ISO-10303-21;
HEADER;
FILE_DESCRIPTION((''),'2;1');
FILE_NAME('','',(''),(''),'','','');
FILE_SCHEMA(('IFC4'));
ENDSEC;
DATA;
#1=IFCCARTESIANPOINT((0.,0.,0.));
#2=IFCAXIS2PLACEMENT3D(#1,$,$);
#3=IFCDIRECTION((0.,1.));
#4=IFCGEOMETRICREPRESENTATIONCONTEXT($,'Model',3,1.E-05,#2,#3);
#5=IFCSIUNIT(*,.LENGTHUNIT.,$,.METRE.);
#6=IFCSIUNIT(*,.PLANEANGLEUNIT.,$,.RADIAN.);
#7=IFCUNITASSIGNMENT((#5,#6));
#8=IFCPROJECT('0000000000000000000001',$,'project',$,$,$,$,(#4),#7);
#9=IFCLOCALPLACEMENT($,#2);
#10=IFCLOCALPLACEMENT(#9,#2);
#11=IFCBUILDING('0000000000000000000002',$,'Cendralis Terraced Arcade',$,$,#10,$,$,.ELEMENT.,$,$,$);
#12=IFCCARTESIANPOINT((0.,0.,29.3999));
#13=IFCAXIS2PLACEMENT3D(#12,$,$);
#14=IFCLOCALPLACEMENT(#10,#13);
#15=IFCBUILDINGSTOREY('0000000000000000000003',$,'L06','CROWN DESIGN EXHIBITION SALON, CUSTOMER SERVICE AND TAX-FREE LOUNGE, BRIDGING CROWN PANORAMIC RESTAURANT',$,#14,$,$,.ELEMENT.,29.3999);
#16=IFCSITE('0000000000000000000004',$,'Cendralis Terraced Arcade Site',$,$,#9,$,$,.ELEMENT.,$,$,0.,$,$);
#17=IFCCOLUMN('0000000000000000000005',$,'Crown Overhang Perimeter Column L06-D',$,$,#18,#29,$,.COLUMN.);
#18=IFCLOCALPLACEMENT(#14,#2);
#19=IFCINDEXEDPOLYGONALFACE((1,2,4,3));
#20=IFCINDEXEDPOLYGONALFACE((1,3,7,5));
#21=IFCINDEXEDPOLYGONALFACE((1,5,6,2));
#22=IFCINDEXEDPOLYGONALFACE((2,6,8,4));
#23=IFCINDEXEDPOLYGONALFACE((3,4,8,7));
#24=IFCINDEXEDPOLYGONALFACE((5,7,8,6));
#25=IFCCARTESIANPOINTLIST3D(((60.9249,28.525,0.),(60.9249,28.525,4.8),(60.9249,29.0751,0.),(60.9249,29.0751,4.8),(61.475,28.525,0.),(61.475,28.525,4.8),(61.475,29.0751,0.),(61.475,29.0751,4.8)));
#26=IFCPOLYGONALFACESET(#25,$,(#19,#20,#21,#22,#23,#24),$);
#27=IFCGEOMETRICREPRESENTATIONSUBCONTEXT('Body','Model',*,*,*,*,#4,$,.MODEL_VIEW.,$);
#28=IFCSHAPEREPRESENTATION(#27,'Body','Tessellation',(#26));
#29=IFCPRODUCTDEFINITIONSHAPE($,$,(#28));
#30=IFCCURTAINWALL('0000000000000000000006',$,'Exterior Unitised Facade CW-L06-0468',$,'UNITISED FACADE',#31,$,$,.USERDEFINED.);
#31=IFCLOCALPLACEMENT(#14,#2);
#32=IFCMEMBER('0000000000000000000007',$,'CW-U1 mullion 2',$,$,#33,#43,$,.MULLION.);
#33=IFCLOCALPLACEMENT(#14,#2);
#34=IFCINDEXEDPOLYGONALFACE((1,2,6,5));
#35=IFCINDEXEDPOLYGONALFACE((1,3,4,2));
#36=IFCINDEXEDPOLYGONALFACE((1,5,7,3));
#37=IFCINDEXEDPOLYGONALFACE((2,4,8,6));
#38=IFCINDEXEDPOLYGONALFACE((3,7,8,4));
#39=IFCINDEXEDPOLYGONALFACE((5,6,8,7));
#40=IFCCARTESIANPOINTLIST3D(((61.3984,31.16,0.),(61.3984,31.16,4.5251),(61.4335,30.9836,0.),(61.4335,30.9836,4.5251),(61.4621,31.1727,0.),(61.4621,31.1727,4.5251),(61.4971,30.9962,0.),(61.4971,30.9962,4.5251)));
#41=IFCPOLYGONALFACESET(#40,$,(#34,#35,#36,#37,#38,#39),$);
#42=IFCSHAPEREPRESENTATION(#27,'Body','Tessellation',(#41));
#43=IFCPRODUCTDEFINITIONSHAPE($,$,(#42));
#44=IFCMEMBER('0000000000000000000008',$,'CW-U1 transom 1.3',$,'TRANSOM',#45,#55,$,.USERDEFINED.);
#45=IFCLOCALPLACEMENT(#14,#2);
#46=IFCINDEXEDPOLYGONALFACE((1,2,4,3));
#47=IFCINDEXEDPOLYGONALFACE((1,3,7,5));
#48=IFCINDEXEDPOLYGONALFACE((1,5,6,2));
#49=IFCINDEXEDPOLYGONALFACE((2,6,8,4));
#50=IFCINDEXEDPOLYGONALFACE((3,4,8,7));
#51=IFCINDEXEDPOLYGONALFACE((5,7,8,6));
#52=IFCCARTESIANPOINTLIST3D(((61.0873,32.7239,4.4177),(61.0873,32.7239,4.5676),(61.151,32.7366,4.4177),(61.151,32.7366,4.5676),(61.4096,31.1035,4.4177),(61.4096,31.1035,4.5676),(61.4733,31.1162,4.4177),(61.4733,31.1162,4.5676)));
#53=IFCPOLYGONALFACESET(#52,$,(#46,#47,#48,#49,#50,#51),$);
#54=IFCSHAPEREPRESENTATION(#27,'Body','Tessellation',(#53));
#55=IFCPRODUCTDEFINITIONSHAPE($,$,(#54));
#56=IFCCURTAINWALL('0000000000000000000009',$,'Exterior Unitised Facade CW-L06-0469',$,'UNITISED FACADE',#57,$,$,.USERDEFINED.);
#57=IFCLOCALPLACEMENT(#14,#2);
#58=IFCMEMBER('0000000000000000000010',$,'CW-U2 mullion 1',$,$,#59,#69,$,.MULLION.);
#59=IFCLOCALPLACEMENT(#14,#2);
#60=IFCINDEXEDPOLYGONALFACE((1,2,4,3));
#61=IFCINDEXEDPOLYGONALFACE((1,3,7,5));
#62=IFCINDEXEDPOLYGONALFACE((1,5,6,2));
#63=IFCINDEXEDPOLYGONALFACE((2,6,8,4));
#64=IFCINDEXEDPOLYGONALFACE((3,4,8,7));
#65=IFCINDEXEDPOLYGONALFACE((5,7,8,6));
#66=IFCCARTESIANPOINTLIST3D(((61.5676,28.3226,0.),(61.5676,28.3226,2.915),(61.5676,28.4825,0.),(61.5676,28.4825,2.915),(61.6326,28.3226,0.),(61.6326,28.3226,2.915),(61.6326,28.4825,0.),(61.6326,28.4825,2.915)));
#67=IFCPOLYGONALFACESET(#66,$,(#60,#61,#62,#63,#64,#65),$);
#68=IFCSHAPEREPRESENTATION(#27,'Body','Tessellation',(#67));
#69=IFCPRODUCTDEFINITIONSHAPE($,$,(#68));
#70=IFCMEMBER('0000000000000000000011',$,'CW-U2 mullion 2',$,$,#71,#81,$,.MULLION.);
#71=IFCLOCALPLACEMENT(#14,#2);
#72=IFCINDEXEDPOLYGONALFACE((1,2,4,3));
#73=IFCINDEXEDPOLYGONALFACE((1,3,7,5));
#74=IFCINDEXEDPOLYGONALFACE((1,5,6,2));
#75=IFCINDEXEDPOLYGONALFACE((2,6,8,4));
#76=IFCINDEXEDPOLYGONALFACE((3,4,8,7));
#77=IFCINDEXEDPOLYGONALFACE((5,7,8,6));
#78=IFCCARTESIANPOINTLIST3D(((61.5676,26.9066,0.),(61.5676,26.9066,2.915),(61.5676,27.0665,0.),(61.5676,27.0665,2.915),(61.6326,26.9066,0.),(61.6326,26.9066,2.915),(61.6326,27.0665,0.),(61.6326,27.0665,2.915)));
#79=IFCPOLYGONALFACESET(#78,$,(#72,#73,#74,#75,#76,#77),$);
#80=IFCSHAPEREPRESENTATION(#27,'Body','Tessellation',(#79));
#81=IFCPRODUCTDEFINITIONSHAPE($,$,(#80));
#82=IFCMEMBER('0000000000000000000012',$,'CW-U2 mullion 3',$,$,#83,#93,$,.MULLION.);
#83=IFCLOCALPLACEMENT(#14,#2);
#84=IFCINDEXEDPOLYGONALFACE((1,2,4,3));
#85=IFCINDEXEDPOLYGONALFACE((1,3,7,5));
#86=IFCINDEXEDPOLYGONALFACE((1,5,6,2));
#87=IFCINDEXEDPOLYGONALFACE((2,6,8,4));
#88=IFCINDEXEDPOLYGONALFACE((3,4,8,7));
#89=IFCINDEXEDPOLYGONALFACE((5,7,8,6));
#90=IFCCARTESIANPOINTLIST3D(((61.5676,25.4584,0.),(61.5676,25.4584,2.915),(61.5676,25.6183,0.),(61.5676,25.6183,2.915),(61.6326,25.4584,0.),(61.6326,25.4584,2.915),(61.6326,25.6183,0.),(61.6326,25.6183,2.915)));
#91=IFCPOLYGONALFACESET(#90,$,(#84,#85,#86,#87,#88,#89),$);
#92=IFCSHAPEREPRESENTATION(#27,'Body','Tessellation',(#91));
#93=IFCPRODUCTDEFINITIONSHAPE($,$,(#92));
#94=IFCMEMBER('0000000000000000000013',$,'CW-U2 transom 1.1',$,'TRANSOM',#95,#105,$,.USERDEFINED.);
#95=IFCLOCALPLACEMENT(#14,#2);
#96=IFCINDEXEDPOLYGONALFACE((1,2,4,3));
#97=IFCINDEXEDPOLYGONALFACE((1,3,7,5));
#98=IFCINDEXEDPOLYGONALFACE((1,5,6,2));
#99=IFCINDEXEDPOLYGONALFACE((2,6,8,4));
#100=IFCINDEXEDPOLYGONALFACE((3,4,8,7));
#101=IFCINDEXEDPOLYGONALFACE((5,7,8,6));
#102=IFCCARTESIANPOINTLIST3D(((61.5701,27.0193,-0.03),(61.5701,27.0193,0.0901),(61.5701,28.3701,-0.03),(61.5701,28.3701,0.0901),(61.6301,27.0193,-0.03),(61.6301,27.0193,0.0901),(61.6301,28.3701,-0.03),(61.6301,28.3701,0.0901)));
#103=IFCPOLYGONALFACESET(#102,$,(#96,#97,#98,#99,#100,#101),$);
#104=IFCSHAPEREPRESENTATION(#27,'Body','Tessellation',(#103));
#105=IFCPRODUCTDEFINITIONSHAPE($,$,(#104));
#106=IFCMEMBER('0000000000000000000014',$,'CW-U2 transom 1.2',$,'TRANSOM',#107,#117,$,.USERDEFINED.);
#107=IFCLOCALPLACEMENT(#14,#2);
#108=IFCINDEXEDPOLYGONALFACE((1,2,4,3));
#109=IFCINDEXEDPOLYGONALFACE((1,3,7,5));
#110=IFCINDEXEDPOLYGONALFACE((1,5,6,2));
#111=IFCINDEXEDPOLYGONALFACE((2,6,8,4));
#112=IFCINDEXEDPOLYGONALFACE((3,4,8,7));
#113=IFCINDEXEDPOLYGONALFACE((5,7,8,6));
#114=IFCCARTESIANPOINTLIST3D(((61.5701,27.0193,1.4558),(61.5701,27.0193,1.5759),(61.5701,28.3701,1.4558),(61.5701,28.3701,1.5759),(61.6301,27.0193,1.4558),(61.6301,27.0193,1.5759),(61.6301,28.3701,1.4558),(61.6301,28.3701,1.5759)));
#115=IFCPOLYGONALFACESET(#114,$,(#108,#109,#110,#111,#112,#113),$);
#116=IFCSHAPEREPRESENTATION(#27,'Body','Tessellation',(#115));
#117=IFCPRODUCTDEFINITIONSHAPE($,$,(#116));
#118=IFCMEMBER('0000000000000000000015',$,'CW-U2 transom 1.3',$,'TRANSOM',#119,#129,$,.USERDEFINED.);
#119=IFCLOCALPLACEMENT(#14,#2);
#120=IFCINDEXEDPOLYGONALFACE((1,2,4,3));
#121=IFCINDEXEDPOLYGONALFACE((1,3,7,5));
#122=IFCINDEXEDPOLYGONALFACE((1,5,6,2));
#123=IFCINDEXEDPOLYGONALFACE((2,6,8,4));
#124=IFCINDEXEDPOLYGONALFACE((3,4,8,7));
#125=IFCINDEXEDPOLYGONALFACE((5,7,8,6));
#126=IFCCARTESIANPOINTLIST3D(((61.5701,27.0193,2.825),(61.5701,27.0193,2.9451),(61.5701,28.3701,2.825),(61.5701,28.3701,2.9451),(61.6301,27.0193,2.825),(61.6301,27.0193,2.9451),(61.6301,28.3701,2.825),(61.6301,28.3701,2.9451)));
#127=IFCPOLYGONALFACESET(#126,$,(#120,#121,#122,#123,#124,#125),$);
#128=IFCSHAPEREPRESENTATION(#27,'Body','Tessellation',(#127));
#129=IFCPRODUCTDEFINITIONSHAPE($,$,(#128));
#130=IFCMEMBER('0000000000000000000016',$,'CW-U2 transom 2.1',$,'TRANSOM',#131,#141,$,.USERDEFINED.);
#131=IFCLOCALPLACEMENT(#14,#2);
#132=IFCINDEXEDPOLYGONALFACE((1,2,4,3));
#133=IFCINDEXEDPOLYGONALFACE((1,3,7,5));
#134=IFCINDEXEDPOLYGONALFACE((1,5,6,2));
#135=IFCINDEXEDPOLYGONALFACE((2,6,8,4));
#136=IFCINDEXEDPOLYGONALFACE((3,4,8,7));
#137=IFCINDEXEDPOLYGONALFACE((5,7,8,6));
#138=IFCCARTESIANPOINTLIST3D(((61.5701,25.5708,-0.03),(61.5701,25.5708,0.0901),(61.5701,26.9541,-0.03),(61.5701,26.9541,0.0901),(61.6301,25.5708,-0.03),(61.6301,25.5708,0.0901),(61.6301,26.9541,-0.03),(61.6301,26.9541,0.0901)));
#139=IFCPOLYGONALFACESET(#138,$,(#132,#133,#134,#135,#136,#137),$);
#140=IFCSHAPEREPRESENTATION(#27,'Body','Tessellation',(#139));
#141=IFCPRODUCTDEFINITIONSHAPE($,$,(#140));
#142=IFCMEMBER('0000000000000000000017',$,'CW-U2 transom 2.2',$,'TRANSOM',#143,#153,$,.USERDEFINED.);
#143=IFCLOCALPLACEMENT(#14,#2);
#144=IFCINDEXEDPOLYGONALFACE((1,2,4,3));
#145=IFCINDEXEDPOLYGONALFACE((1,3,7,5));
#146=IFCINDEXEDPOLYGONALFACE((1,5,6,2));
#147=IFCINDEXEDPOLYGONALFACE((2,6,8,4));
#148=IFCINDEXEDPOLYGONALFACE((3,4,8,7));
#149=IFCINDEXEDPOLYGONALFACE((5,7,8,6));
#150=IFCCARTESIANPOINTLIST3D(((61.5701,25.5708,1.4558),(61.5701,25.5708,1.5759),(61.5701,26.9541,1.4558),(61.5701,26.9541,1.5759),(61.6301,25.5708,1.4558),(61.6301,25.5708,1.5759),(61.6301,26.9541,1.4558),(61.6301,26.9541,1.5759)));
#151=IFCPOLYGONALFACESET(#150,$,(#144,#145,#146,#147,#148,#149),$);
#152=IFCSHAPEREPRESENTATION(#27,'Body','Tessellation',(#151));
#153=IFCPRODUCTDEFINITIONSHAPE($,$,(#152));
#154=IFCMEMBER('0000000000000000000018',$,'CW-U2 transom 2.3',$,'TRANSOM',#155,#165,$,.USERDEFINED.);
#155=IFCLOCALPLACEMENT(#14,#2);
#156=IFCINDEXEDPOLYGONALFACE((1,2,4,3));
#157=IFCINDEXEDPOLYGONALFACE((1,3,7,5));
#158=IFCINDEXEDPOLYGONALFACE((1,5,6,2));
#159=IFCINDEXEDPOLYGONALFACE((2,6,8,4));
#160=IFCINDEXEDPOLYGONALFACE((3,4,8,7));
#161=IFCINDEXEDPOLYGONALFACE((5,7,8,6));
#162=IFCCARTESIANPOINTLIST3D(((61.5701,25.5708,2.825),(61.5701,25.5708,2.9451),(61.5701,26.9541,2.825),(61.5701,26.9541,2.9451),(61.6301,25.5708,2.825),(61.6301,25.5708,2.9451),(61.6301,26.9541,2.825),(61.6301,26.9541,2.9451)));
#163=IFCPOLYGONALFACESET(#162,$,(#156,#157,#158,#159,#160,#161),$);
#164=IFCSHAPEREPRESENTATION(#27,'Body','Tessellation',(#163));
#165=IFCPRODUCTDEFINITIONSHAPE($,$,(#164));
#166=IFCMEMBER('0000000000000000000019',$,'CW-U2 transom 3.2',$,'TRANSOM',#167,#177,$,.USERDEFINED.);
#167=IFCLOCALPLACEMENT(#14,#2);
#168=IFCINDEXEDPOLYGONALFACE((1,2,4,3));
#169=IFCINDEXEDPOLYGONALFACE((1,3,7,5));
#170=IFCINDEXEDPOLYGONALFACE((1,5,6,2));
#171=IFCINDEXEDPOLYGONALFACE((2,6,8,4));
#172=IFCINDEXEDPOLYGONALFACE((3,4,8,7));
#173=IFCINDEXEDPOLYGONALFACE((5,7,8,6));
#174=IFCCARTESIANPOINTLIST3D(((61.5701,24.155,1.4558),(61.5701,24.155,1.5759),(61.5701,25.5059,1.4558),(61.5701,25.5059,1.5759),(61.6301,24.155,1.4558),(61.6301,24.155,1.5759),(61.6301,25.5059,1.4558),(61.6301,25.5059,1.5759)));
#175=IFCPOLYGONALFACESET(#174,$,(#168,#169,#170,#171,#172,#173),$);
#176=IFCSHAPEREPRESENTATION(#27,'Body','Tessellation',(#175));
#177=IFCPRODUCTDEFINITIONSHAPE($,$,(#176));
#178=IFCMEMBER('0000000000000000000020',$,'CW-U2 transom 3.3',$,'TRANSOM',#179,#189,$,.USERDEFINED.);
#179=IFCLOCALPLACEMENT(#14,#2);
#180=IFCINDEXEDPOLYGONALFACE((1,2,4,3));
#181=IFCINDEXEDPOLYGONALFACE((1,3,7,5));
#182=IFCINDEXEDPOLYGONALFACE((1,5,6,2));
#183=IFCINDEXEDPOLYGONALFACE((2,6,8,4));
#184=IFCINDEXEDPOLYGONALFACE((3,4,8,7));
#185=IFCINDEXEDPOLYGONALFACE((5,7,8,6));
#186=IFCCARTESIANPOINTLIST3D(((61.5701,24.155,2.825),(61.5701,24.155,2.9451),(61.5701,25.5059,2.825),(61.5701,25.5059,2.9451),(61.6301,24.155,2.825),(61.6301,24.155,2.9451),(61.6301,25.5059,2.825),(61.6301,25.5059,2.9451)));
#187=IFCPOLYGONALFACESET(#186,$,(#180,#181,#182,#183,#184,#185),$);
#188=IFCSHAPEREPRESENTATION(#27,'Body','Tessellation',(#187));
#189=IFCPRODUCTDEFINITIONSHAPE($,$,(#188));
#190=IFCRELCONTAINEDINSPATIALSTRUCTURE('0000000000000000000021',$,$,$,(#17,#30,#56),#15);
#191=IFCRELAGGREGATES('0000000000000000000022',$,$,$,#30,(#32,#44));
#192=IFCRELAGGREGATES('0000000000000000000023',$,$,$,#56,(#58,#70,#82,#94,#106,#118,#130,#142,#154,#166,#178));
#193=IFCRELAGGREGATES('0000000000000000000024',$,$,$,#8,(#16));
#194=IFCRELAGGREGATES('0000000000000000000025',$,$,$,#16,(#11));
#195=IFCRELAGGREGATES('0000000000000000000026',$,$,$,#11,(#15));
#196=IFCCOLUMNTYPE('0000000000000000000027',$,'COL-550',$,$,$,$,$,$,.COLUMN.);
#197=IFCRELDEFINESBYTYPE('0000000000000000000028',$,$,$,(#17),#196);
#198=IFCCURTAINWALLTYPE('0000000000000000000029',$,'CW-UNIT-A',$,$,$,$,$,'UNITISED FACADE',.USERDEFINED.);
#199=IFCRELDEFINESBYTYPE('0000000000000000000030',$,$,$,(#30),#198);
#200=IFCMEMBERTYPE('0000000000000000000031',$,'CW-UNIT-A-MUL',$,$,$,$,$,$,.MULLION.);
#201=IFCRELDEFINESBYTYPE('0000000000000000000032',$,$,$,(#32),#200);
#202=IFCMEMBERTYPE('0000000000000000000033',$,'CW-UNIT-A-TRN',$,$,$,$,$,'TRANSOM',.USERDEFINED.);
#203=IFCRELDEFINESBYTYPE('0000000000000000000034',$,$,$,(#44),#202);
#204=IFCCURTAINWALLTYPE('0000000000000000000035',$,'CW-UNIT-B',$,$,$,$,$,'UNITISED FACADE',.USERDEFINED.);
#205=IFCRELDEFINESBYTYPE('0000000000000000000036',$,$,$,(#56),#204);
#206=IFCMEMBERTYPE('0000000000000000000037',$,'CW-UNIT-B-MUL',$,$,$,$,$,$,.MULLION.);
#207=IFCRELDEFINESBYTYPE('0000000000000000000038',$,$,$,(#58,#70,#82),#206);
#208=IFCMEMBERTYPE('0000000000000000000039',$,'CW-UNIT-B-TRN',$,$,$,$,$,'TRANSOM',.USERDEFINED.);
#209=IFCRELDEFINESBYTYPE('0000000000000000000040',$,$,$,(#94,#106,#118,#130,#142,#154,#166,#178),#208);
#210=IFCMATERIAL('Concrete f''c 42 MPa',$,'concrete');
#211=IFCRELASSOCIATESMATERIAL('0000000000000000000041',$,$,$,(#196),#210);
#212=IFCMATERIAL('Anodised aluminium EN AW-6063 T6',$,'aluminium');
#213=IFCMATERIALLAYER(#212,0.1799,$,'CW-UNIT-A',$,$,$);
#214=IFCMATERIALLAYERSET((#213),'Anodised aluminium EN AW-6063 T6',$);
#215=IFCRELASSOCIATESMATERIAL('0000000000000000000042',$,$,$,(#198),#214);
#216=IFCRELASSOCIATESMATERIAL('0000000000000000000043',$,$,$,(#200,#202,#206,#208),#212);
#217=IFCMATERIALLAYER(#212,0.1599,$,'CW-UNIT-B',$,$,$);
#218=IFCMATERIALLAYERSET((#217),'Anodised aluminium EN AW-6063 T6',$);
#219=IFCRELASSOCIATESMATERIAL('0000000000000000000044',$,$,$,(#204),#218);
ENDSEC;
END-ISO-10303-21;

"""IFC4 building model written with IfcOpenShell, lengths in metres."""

from ifc_helpers import new_model, si_unit, direction, frame, origin, origin_2d, place, context, subcontext, project, spatial, rectangle, extrude, material, layer, layer_set, material_profile, profile_set, type_object, element, aggregate, save


model = new_model("IFC4")

# Units and contexts
model_context = context("Model", 3, precision=1e-05, world=origin(), true_north=direction((0.0, 1.0)))
body_context = subcontext(model_context, "Body", "Model", "MODEL_VIEW")
ifc_project = project(units=[si_unit("LENGTHUNIT", "METRE"), si_unit("PLANEANGLEUNIT", "RADIAN")], contexts=[model_context])

# Site, building, storey
site_placement = place(None, origin())
site = spatial("IfcSite", under=ifc_project, at=site_placement, Name="Cendralis Terraced Arcade Site", CompositionType="ELEMENT", RefElevation=0.0)
building_placement = place(site_placement, origin())
building = spatial("IfcBuilding", under=site, at=building_placement, Name="Cendralis Terraced Arcade", CompositionType="ELEMENT")
storey_placement = place(building_placement, frame((0.0, 0.0, 29.3999)))
storey = spatial("IfcBuildingStorey", under=building, at=storey_placement, Name="L06", Description="CROWN DESIGN EXHIBITION SALON, CUSTOMER SERVICE AND TAX-FREE LOUNGE, BRIDGING CROWN PANORAMIC RESTAURANT", CompositionType="ELEMENT", Elevation=29.3999)

# Column
ifc_material_1 = material(Name="Concrete f'c 42 MPa", Category="concrete")
ifc_material_profile_1 = material_profile(ifc_material_1, rectangle(XDim=0.55, YDim=0.55, at=origin_2d()), Name="RC-COL-550x550", Category="LoadBearing")
ifc_profile_set_1 = profile_set([ifc_material_profile_1], Name="Concrete f'c 42 MPa")
column_type = type_object("IfcColumnType", Name="COL-550", PredefinedType="COLUMN", material=ifc_profile_set_1)
column_placement = place(storey_placement, frame((61.2, 28.8, 0.0), z_axis=(0.0, 0.0, 1.0), x_axis=(1.0, 0.0, 0.0)))
element("IfcColumn", 1, at=column_placement, inside=storey, type_object=column_type, Name="Crown Overhang Perimeter Column L06-D", PredefinedType="COLUMN", context=body_context, shape_type="SweptSolid", body=[
    extrude(rectangle(XDim=0.55, YDim=0.55, at=origin_2d()), origin(), (0.0, 0.0, 1.0), 4.8),
])

# Curtain walls, members
ifc_material_2 = material(Name="Anodised aluminium EN AW-6063 T6", Category="aluminium")
ifc_layer_1 = layer(ifc_material_2, 0.1799, Name="CW-UNIT-A")
ifc_layer_set_1 = layer_set([ifc_layer_1], Name="Anodised aluminium EN AW-6063 T6")
curtain_wall_type_1 = type_object("IfcCurtainWallType", Name="CW-UNIT-A", ElementType="UNITISED FACADE", PredefinedType="USERDEFINED", material=ifc_layer_set_1)
curtain_wall_1_placement = place(storey_placement, origin())
curtain_wall_1 = element("IfcCurtainWall", 2, at=curtain_wall_1_placement, inside=storey, type_object=curtain_wall_type_1, Name="Exterior Unitised Facade CW-L06-0468", ObjectType="UNITISED FACADE", PredefinedType="USERDEFINED")
ifc_material_profile_2 = material_profile(ifc_material_2, rectangle(XDim=0.0649, YDim=0.1799, at=origin_2d()), Name="ALU-MUL-65x180")
ifc_profile_set_2 = profile_set([ifc_material_profile_2], Name="Anodised aluminium EN AW-6063 T6")
member_type_1 = type_object("IfcMemberType", Name="CW-UNIT-A-MUL", PredefinedType="MULLION", material=ifc_profile_set_2)
member_1_placement = place(storey_placement, frame((61.4478, 31.0781, 0.0), z_axis=(0.0, 0.0, 1.0), x_axis=(0.980792, 0.195058, 0.0)))
member_1 = element("IfcMember", 3, at=member_1_placement, type_object=member_type_1, Name="CW-U1 mullion 2", PredefinedType="MULLION", context=body_context, shape_type="SweptSolid", body=[
    extrude(rectangle(XDim=0.0649, YDim=0.1799, at=origin_2d()), origin(), (0.0, 0.0, 1.0), 4.5251),
])
ifc_material_profile_3 = material_profile(ifc_material_2, rectangle(XDim=0.0649, YDim=0.1499, at=origin_2d()), Name="ALU-TRN-65x150")
ifc_profile_set_3 = profile_set([ifc_material_profile_3], Name="Anodised aluminium EN AW-6063 T6")
member_type_2 = type_object("IfcMemberType", Name="CW-UNIT-A-TRN", ElementType="TRANSOM", PredefinedType="USERDEFINED", material=ifc_profile_set_3)
member_2_placement = place(storey_placement, frame((61.1191, 32.7302, 4.4927), z_axis=(0.195065, -0.98079, 0.0), x_axis=(0.98079, 0.195065, 0.0)))
member_2 = element("IfcMember", 4, at=member_2_placement, type_object=member_type_2, Name="CW-U1 transom 1.3", ObjectType="TRANSOM", PredefinedType="USERDEFINED", context=body_context, shape_type="SweptSolid", body=[
    extrude(rectangle(XDim=0.0649, YDim=0.1499, at=origin_2d()), origin(), (0.0, 0.0, 1.0), 1.6521),
])
ifc_layer_2 = layer(ifc_material_2, 0.1599, Name="CW-UNIT-B")
ifc_layer_set_2 = layer_set([ifc_layer_2], Name="Anodised aluminium EN AW-6063 T6")
curtain_wall_type_2 = type_object("IfcCurtainWallType", Name="CW-UNIT-B", ElementType="UNITISED FACADE", PredefinedType="USERDEFINED", material=ifc_layer_set_2)
curtain_wall_2_placement = place(storey_placement, origin())
curtain_wall_2 = element("IfcCurtainWall", 5, at=curtain_wall_2_placement, inside=storey, type_object=curtain_wall_type_2, Name="Exterior Unitised Facade CW-L06-0469", ObjectType="UNITISED FACADE", PredefinedType="USERDEFINED")
ifc_material_profile_4 = material_profile(ifc_material_2, rectangle(XDim=0.0649, YDim=0.1599, at=origin_2d()), Name="ALU-MUL-65x160")
ifc_profile_set_4 = profile_set([ifc_material_profile_4], Name="Anodised aluminium EN AW-6063 T6")
member_type_3 = type_object("IfcMemberType", Name="CW-UNIT-B-MUL", PredefinedType="MULLION", material=ifc_profile_set_4)
member_3_placement = place(storey_placement, frame((61.6001, 28.4026, 0.0), z_axis=(0.0, 0.0, 1.0), x_axis=(1.0, 0.0, 0.0)))
member_3 = element("IfcMember", 6, at=member_3_placement, type_object=member_type_3, Name="CW-U2 mullion 1", PredefinedType="MULLION", context=body_context, shape_type="SweptSolid", body=[
    extrude(rectangle(XDim=0.0649, YDim=0.1599, at=origin_2d()), origin(), (0.0, 0.0, 1.0), 2.915),
])
member_4_placement = place(storey_placement, frame((61.6001, 26.9866, 0.0), z_axis=(0.0, 0.0, 1.0), x_axis=(1.0, 0.0, 0.0)))
member_4 = element("IfcMember", 7, at=member_4_placement, type_object=member_type_3, Name="CW-U2 mullion 2", PredefinedType="MULLION", context=body_context, shape_type="SweptSolid", body=[
    extrude(rectangle(XDim=0.0649, YDim=0.1599, at=origin_2d()), origin(), (0.0, 0.0, 1.0), 2.915),
])
member_5_placement = place(storey_placement, frame((61.6001, 25.5383, 0.0), z_axis=(0.0, 0.0, 1.0), x_axis=(1.0, 0.0, 0.0)))
member_5 = element("IfcMember", 8, at=member_5_placement, type_object=member_type_3, Name="CW-U2 mullion 3", PredefinedType="MULLION", context=body_context, shape_type="SweptSolid", body=[
    extrude(rectangle(XDim=0.0649, YDim=0.1599, at=origin_2d()), origin(), (0.0, 0.0, 1.0), 2.915),
])
ifc_material_profile_5 = material_profile(ifc_material_2, rectangle(XDim=0.0601, YDim=0.1201, at=origin_2d()), Name="ALU-TRN-60x120")
ifc_profile_set_5 = profile_set([ifc_material_profile_5], Name="Anodised aluminium EN AW-6063 T6")
member_type_4 = type_object("IfcMemberType", Name="CW-UNIT-B-TRN", ElementType="TRANSOM", PredefinedType="USERDEFINED", material=ifc_profile_set_5)
member_6_placement = place(storey_placement, frame((61.6001, 28.3701, 0.03), z_axis=(0.0, -1.0, 0.0), x_axis=(1.0, 0.0, 0.0)))
member_6 = element("IfcMember", 9, at=member_6_placement, type_object=member_type_4, Name="CW-U2 transom 1.1", ObjectType="TRANSOM", PredefinedType="USERDEFINED", context=body_context, shape_type="SweptSolid", body=[
    extrude(rectangle(XDim=0.0601, YDim=0.1201, at=origin_2d()), origin(), (0.0, 0.0, 1.0), 1.3508),
])
member_7_placement = place(storey_placement, frame((61.6001, 28.3701, 1.5159), z_axis=(0.0, -1.0, 0.0), x_axis=(1.0, 0.0, 0.0)))
member_7 = element("IfcMember", 10, at=member_7_placement, type_object=member_type_4, Name="CW-U2 transom 1.2", ObjectType="TRANSOM", PredefinedType="USERDEFINED", context=body_context, shape_type="SweptSolid", body=[
    extrude(rectangle(XDim=0.0601, YDim=0.1201, at=origin_2d()), origin(), (0.0, 0.0, 1.0), 1.3508),
])
member_8_placement = place(storey_placement, frame((61.6001, 28.3701, 2.885), z_axis=(0.0, -1.0, 0.0), x_axis=(1.0, 0.0, 0.0)))
member_8 = element("IfcMember", 11, at=member_8_placement, type_object=member_type_4, Name="CW-U2 transom 1.3", ObjectType="TRANSOM", PredefinedType="USERDEFINED", context=body_context, shape_type="SweptSolid", body=[
    extrude(rectangle(XDim=0.0601, YDim=0.1201, at=origin_2d()), origin(), (0.0, 0.0, 1.0), 1.3508),
])
member_9_placement = place(storey_placement, frame((61.6001, 26.9541, 0.03), z_axis=(0.0, -1.0, 0.0), x_axis=(1.0, 0.0, 0.0)))
member_9 = element("IfcMember", 12, at=member_9_placement, type_object=member_type_4, Name="CW-U2 transom 2.1", ObjectType="TRANSOM", PredefinedType="USERDEFINED", context=body_context, shape_type="SweptSolid", body=[
    extrude(rectangle(XDim=0.0601, YDim=0.1201, at=origin_2d()), origin(), (0.0, 0.0, 1.0), 1.3833),
])
member_10_placement = place(storey_placement, frame((61.6001, 26.9541, 1.5159), z_axis=(0.0, -1.0, 0.0), x_axis=(1.0, 0.0, 0.0)))
member_10 = element("IfcMember", 13, at=member_10_placement, type_object=member_type_4, Name="CW-U2 transom 2.2", ObjectType="TRANSOM", PredefinedType="USERDEFINED", context=body_context, shape_type="SweptSolid", body=[
    extrude(rectangle(XDim=0.0601, YDim=0.1201, at=origin_2d()), origin(), (0.0, 0.0, 1.0), 1.3833),
])
member_11_placement = place(storey_placement, frame((61.6001, 26.9541, 2.885), z_axis=(0.0, -1.0, 0.0), x_axis=(1.0, 0.0, 0.0)))
member_11 = element("IfcMember", 14, at=member_11_placement, type_object=member_type_4, Name="CW-U2 transom 2.3", ObjectType="TRANSOM", PredefinedType="USERDEFINED", context=body_context, shape_type="SweptSolid", body=[
    extrude(rectangle(XDim=0.0601, YDim=0.1201, at=origin_2d()), origin(), (0.0, 0.0, 1.0), 1.3833),
])
member_12_placement = place(storey_placement, frame((61.6001, 25.5059, 1.5159), z_axis=(0.0, -1.0, 0.0), x_axis=(1.0, 0.0, 0.0)))
member_12 = element("IfcMember", 15, at=member_12_placement, type_object=member_type_4, Name="CW-U2 transom 3.2", ObjectType="TRANSOM", PredefinedType="USERDEFINED", context=body_context, shape_type="SweptSolid", body=[
    extrude(rectangle(XDim=0.0601, YDim=0.1201, at=origin_2d()), origin(), (0.0, 0.0, 1.0), 1.3508),
])
member_13_placement = place(storey_placement, frame((61.6001, 25.5059, 2.885), z_axis=(0.0, -1.0, 0.0), x_axis=(1.0, 0.0, 0.0)))
member_13 = element("IfcMember", 16, at=member_13_placement, type_object=member_type_4, Name="CW-U2 transom 3.3", ObjectType="TRANSOM", PredefinedType="USERDEFINED", context=body_context, shape_type="SweptSolid", body=[
    extrude(rectangle(XDim=0.0601, YDim=0.1201, at=origin_2d()), origin(), (0.0, 0.0, 1.0), 1.3508),
])

aggregate(curtain_wall_1, [member_1, member_2])
aggregate(curtain_wall_2, [member_3, member_4, member_5, member_6, member_7, member_8, member_9, member_10, member_11, member_12, member_13])

save(model, "model.ifc")
